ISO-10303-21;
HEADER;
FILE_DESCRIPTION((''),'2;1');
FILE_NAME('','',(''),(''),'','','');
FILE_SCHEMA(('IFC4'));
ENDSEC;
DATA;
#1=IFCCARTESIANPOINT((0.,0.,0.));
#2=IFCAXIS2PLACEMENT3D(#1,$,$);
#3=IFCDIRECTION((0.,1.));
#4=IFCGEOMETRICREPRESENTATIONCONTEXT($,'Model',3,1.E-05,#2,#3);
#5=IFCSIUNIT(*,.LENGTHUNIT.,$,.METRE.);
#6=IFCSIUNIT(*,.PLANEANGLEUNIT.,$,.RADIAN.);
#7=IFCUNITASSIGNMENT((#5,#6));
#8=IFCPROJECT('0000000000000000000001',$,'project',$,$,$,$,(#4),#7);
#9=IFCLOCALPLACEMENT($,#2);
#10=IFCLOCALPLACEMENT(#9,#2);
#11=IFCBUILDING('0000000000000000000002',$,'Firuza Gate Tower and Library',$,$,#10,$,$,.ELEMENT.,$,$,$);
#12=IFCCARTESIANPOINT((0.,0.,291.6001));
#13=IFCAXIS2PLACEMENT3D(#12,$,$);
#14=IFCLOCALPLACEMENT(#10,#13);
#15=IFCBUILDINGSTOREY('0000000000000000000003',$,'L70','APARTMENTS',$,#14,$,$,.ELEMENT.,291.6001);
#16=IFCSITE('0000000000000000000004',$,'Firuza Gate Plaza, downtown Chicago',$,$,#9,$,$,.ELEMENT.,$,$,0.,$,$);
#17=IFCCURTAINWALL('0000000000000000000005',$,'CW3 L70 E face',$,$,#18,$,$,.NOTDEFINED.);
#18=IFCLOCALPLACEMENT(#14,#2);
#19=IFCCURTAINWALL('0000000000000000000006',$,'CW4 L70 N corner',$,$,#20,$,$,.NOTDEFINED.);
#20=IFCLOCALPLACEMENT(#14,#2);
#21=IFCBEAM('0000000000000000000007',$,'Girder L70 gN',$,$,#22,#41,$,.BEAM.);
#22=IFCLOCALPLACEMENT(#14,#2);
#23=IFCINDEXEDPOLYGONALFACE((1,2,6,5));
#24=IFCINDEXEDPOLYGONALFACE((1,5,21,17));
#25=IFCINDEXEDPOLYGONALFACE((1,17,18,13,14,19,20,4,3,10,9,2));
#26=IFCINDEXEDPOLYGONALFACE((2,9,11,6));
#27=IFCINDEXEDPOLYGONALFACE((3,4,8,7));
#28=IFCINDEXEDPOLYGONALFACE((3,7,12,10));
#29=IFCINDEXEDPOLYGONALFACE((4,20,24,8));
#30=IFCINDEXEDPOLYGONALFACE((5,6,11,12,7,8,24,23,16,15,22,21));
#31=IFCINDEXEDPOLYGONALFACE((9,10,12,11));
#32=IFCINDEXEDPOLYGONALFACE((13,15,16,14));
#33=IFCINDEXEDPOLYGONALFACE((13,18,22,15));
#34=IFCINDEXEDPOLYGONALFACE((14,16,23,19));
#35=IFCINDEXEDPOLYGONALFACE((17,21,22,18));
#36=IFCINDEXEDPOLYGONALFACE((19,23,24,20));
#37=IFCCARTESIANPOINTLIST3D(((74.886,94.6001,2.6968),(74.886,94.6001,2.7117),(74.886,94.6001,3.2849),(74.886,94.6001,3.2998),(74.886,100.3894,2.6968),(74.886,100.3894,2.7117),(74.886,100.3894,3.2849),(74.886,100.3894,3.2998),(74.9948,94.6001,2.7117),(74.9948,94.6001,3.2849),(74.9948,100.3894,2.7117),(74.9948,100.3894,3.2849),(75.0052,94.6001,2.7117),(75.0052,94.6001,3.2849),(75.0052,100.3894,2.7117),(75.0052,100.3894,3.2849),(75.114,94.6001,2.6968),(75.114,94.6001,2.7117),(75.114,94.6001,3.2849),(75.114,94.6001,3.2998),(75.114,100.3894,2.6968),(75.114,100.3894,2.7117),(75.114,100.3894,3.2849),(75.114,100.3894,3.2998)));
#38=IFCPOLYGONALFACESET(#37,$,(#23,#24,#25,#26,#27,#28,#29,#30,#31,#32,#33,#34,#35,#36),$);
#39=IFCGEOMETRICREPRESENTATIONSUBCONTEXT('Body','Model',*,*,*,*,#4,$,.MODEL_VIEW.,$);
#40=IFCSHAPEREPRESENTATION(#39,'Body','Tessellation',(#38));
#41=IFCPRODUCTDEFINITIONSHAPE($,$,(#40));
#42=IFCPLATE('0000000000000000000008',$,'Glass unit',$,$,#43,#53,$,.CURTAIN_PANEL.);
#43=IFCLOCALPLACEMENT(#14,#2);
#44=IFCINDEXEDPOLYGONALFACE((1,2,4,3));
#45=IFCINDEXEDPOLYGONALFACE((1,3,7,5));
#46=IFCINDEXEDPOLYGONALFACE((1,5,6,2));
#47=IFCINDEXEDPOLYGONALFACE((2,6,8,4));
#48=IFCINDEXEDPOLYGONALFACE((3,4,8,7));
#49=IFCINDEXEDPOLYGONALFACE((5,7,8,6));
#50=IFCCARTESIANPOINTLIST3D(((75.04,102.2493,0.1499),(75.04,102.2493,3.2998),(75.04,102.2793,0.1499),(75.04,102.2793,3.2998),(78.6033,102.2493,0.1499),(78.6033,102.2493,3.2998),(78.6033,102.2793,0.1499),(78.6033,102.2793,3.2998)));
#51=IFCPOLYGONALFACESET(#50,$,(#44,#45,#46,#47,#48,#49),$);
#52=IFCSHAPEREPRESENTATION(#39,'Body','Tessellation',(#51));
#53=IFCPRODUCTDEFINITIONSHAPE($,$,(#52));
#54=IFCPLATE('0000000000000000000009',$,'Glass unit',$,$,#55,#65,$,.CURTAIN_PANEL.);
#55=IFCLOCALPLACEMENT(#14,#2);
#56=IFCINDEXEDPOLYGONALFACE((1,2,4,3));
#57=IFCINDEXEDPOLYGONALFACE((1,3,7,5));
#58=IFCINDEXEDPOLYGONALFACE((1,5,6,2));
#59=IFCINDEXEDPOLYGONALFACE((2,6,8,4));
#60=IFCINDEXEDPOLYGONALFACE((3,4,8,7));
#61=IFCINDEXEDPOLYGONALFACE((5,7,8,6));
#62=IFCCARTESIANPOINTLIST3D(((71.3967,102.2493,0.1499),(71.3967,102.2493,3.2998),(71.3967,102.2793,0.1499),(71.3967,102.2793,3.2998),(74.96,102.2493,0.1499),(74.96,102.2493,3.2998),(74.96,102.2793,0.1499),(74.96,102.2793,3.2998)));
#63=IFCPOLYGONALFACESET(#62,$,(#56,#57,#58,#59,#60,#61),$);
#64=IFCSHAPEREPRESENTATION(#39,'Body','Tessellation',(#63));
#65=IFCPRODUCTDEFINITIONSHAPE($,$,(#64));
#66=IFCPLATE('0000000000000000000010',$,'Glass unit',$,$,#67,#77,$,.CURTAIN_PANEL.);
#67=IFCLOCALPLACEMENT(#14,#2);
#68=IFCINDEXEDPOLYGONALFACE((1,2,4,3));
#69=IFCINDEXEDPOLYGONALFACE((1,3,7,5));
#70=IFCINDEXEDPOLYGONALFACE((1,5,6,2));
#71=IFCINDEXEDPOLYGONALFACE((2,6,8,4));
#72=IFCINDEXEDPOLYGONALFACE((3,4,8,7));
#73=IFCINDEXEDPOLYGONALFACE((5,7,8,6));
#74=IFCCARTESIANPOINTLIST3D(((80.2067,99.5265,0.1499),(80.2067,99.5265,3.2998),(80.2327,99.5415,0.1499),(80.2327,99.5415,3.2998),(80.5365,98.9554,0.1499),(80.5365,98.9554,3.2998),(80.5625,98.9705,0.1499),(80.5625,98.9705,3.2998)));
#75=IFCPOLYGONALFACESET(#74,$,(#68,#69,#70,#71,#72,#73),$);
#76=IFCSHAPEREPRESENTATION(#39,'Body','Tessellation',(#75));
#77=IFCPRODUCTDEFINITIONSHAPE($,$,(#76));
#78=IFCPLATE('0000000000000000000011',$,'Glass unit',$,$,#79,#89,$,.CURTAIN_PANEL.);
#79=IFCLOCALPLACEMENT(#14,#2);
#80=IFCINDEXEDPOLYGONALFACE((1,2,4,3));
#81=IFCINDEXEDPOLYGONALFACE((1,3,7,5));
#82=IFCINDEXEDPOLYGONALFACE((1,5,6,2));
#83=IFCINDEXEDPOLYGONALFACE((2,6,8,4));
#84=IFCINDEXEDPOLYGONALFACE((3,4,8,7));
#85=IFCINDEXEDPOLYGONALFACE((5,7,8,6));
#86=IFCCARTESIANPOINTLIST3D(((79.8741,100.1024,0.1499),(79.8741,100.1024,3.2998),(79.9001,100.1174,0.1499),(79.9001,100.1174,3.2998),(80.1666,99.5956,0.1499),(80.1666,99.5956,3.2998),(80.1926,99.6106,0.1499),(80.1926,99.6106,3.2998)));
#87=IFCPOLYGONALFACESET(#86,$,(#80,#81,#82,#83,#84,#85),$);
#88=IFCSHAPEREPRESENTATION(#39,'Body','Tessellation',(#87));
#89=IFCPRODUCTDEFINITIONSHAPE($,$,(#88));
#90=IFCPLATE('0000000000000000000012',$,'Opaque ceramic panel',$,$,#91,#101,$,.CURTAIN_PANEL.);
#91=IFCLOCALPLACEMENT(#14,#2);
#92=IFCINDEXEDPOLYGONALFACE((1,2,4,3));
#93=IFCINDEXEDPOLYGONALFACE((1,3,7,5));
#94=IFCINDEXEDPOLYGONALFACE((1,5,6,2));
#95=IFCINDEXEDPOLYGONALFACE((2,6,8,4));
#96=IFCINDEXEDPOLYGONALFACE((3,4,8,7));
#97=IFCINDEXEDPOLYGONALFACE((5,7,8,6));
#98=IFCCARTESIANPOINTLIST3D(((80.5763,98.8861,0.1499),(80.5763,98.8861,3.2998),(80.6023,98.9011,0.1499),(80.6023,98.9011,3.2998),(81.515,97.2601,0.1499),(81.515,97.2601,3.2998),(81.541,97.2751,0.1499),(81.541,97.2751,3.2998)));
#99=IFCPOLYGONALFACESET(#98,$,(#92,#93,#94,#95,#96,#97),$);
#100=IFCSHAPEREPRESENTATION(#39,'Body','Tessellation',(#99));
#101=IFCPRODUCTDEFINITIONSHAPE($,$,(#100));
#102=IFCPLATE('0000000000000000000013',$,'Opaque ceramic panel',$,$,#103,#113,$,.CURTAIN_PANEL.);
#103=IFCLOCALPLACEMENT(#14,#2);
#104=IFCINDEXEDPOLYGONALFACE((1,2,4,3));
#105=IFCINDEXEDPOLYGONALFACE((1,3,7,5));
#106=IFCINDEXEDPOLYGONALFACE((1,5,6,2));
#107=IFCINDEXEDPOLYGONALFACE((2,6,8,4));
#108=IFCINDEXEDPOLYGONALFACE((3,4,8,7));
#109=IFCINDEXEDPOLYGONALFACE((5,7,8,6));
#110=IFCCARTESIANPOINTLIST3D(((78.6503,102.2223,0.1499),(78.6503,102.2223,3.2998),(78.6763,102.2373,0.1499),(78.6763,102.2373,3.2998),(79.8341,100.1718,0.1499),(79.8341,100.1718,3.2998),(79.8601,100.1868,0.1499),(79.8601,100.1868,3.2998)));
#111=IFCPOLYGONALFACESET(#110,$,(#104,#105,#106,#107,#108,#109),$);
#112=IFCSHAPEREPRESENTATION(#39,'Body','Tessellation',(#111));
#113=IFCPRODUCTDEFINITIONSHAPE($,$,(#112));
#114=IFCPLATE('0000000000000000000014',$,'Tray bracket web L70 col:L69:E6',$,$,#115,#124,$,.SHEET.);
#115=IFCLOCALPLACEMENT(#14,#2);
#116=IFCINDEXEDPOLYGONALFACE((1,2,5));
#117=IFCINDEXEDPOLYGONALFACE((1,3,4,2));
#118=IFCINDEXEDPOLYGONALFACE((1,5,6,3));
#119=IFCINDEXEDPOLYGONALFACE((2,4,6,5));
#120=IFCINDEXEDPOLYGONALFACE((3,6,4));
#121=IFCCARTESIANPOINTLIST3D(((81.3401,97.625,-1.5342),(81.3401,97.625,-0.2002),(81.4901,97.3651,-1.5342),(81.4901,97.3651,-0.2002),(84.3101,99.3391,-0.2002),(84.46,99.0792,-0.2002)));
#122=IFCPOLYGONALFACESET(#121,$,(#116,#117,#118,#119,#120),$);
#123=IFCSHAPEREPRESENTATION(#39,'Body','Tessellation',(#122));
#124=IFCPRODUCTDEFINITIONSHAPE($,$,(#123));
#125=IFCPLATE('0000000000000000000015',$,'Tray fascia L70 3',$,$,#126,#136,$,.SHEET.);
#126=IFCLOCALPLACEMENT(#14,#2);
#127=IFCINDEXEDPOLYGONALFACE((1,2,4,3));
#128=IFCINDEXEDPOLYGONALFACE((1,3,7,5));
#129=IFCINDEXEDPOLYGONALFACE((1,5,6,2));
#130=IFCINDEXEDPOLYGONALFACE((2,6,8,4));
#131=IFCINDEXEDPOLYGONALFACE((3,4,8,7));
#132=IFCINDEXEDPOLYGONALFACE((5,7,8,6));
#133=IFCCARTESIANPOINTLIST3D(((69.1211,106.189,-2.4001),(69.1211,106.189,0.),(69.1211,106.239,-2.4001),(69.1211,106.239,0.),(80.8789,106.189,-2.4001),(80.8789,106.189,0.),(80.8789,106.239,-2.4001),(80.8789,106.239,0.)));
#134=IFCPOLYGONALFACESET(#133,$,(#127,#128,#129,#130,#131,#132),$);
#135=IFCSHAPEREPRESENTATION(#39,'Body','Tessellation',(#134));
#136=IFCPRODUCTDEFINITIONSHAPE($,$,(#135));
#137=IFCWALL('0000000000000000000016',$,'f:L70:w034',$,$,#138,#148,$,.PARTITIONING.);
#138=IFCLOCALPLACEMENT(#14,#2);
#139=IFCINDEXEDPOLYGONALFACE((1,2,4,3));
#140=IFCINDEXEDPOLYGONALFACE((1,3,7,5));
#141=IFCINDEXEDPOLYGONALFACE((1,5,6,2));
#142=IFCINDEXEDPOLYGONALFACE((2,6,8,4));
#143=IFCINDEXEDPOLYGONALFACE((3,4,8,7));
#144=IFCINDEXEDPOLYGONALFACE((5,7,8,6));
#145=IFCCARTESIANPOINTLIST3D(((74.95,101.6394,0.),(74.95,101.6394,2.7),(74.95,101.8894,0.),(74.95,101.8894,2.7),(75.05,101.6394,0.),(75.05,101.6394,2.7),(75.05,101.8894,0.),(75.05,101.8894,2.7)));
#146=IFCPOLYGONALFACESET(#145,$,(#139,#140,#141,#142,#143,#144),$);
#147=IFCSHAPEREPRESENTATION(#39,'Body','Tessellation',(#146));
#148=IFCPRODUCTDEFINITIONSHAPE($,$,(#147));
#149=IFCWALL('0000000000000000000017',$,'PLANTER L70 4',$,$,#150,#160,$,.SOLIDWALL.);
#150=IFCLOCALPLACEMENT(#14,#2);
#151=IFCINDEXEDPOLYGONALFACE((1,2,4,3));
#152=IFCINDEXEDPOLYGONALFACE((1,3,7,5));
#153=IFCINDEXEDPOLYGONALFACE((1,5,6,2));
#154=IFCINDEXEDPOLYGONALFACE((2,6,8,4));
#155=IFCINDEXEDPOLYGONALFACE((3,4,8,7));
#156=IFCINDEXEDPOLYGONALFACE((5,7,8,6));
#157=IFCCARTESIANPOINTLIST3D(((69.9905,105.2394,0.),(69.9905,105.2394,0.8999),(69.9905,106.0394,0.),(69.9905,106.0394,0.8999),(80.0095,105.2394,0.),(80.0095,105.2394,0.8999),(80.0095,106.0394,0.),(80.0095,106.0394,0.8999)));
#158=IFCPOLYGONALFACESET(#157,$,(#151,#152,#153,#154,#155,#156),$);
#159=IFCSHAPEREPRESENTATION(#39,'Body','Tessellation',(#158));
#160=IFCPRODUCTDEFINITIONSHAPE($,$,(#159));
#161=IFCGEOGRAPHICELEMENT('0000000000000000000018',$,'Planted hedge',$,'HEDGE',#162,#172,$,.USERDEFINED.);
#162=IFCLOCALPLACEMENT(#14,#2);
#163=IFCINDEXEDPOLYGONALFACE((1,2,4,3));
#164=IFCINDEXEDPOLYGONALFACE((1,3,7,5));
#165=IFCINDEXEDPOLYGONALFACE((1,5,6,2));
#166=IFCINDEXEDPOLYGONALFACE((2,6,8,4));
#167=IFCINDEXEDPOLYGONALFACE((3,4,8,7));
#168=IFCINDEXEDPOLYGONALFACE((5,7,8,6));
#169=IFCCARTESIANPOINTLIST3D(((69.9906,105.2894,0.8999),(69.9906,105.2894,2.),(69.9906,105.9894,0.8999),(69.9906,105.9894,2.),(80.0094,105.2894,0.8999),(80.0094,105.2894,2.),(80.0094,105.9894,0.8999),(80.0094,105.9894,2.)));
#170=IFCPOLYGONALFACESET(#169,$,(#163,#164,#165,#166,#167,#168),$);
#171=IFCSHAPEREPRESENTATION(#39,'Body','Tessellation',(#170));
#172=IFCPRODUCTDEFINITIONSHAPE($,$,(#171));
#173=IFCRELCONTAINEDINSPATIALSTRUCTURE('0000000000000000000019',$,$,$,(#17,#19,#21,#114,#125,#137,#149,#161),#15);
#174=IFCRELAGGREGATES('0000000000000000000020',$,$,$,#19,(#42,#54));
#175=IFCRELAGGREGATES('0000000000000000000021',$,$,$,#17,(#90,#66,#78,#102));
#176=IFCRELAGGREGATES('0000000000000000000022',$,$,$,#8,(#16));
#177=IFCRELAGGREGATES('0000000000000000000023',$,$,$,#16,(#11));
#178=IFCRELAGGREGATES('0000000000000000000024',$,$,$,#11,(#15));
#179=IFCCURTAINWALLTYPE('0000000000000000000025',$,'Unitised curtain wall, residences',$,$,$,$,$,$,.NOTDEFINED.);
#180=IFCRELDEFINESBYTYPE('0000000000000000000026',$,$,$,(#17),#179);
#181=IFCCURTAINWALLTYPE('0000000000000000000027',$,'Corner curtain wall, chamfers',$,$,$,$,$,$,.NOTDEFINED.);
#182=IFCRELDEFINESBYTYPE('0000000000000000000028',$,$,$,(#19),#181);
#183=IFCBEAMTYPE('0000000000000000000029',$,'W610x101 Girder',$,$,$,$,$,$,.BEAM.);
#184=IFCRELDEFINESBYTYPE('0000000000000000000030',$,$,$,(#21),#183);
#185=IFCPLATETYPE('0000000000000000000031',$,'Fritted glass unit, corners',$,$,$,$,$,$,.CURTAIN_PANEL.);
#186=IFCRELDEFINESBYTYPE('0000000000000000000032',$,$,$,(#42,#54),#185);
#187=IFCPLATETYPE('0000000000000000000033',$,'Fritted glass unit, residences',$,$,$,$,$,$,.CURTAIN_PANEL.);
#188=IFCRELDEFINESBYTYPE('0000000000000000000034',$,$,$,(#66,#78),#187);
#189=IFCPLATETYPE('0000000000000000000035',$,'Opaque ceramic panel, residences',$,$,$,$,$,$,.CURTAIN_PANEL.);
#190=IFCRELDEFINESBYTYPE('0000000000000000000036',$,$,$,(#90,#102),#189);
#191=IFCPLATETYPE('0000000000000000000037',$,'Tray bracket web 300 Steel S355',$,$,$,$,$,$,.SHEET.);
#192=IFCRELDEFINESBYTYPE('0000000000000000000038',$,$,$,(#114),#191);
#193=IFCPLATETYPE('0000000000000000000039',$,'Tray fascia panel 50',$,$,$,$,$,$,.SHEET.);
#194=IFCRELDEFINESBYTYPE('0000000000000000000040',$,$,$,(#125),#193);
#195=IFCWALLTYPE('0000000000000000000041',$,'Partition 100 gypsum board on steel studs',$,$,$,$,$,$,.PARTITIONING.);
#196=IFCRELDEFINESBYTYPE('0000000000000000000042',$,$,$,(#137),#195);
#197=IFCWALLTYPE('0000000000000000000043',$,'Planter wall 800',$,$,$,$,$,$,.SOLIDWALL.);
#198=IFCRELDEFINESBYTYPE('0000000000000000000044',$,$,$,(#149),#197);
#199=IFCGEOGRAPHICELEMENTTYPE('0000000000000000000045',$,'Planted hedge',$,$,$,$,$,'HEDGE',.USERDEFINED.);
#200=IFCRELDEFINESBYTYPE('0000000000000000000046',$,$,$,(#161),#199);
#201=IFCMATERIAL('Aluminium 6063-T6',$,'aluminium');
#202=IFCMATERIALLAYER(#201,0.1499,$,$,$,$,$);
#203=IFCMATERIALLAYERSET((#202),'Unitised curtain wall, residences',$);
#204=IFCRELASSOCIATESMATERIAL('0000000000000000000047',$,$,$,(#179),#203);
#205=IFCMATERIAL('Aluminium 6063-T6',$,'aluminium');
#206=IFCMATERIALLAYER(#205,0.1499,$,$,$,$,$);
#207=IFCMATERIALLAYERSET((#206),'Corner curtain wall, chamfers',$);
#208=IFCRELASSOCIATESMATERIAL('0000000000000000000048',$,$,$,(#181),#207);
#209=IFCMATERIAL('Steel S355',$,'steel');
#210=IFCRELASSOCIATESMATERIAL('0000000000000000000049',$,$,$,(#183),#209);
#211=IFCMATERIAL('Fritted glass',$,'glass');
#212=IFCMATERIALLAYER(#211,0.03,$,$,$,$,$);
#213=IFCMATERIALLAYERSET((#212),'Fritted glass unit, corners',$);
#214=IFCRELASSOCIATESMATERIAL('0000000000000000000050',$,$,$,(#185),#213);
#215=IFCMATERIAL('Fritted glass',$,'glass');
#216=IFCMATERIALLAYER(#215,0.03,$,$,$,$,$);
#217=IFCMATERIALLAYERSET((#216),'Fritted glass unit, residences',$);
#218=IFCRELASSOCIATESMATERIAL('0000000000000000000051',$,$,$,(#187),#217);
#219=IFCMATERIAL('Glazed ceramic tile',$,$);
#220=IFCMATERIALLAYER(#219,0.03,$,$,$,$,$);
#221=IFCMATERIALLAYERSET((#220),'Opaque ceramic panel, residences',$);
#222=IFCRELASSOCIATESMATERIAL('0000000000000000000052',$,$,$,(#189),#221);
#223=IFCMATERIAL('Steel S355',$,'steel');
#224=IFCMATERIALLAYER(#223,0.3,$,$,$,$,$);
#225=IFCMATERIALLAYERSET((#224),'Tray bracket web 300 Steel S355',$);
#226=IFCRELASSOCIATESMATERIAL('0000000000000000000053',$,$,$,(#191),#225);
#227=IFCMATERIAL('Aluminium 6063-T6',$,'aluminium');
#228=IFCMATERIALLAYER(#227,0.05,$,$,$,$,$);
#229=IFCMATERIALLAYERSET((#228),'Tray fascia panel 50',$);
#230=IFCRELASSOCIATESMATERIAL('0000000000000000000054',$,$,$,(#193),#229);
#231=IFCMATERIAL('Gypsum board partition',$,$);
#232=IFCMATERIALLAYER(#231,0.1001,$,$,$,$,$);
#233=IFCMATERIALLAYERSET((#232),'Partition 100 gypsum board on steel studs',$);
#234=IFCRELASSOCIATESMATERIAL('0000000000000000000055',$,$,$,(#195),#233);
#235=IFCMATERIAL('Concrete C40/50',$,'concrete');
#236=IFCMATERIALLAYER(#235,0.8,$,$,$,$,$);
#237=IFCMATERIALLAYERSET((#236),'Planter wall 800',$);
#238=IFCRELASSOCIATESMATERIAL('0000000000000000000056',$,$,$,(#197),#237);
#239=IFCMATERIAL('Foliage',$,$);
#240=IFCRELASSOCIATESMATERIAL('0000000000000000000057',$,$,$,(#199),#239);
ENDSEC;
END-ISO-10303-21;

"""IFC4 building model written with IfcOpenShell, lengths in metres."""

from ifc_helpers import new_model, si_unit, direction, frame, frame_2d, origin, origin_2d, place, context, subcontext, project, spatial, polyline, rectangle, i_section, outline, extrude, material, layer, layer_set, material_profile, profile_set, type_object, element, aggregate, save


model = new_model("IFC4")

# Units and contexts
model_context = context("Model", 3, precision=1e-05, world=origin(), true_north=direction((0.0, 1.0)))
body_context = subcontext(model_context, "Body", "Model", "MODEL_VIEW")
ifc_project = project(units=[si_unit("LENGTHUNIT", "METRE"), si_unit("PLANEANGLEUNIT", "RADIAN")], contexts=[model_context])

# Site, building, storey
site_placement = place(None, origin())
site = spatial("IfcSite", under=ifc_project, at=site_placement, Name="Firuza Gate Plaza, downtown Chicago", CompositionType="ELEMENT", RefElevation=0.0)
building_placement = place(site_placement, origin())
building = spatial("IfcBuilding", under=site, at=building_placement, Name="Firuza Gate Tower and Library", CompositionType="ELEMENT")
storey_placement = place(building_placement, frame((0.0, 0.0, 291.6001)))
storey = spatial("IfcBuildingStorey", under=building, at=storey_placement, Name="L70", Description="APARTMENTS", CompositionType="ELEMENT", Elevation=291.6001)

# Curtain walls
ifc_material_1 = material(Name="Aluminium 6063-T6", Category="aluminium")
ifc_layer_1 = layer(ifc_material_1, 0.1499)
ifc_layer_set_1 = layer_set([ifc_layer_1], Name="Unitised curtain wall, residences")
curtain_wall_type_1 = type_object("IfcCurtainWallType", Name="Unitised curtain wall, residences", PredefinedType="NOTDEFINED", material=ifc_layer_set_1)
placement = place(storey_placement, origin())
curtain_wall_1 = element("IfcCurtainWall", 1, at=placement, inside=storey, type_object=curtain_wall_type_1, Name="CW3 L70 E face", PredefinedType="NOTDEFINED")
ifc_material_2 = material(Name="Aluminium 6063-T6", Category="aluminium")
ifc_layer_2 = layer(ifc_material_2, 0.1499)
ifc_layer_set_2 = layer_set([ifc_layer_2], Name="Corner curtain wall, chamfers")
curtain_wall_type_2 = type_object("IfcCurtainWallType", Name="Corner curtain wall, chamfers", PredefinedType="NOTDEFINED", material=ifc_layer_set_2)
curtain_wall_2 = element("IfcCurtainWall", 2, at=placement, inside=storey, type_object=curtain_wall_type_2, Name="CW4 L70 N corner", PredefinedType="NOTDEFINED")

# Beam
ifc_material_3 = material(Name="Steel S355", Category="steel")
ifc_material_profile_1 = material_profile(ifc_material_3, i_section(OverallWidth=0.228, OverallDepth=0.603, WebThickness=0.0105, FlangeThickness=0.0149, at=origin_2d()))
ifc_profile_set_1 = profile_set([ifc_material_profile_1], Name="Steel S355")
beam_type_1 = type_object("IfcBeamType", Name="W610x101 Girder", PredefinedType="BEAM", material=ifc_profile_set_1)
beam_1_placement = place(storey_placement, frame((75.0, 100.3894, 2.9983), z_axis=(0.0, -1.0, 0.0), x_axis=(1.0, 0.0, 0.0)))
element("IfcBeam", 3, at=beam_1_placement, inside=storey, type_object=beam_type_1, Name="Girder L70 gN", PredefinedType="BEAM", context=body_context, shape_type="SweptSolid", body=[
    extrude(i_section(OverallWidth=0.228, OverallDepth=0.603, WebThickness=0.0105, FlangeThickness=0.0149, at=origin_2d()), origin(), (0.0, 0.0, 1.0), 5.7893),
])

# Plates
ifc_material_4 = material(Name="Fritted glass", Category="glass")
ifc_layer_3 = layer(ifc_material_4, 0.03)
ifc_layer_set_3 = layer_set([ifc_layer_3], Name="Fritted glass unit, corners")
plate_type_1 = type_object("IfcPlateType", Name="Fritted glass unit, corners", PredefinedType="CURTAIN_PANEL", material=ifc_layer_set_3)
plate_1_placement = place(storey_placement, frame((78.6033, 102.2793, 0.1499), z_axis=(0.0, 1.0, 0.0), x_axis=(-1.0, 0.0, 0.0)))
plate_1 = element("IfcPlate", 4, at=plate_1_placement, type_object=plate_type_1, Name="Glass unit", PredefinedType="CURTAIN_PANEL", context=body_context, shape_type="SweptSolid", body=[
    extrude(outline(polyline([(0.0, 0.0), (3.5632, 0.0), (3.5632, 3.1499), (0.0, 3.1499), (0.0, 0.0)])), origin(), (0.0, 0.0, -1.0), 0.03),
])
plate_2_placement = place(storey_placement, frame((74.96, 102.2793, 0.1499), z_axis=(0.0, 1.0, 0.0), x_axis=(-1.0, 0.0, 0.0)))
plate_2 = element("IfcPlate", 5, at=plate_2_placement, type_object=plate_type_1, Name="Glass unit", PredefinedType="CURTAIN_PANEL", context=body_context, shape_type="SweptSolid", body=[
    extrude(outline(polyline([(0.0, 0.0), (3.5632, 0.0), (3.5632, 3.1499), (0.0, 3.1499), (0.0, 0.0)])), origin(), (0.0, 0.0, -1.0), 0.03),
])
aggregate(curtain_wall_2, [plate_1, plate_2])
ifc_material_5 = material(Name="Fritted glass", Category="glass")
ifc_layer_4 = layer(ifc_material_5, 0.03)
ifc_layer_set_4 = layer_set([ifc_layer_4], Name="Fritted glass unit, residences")
plate_type_2 = type_object("IfcPlateType", Name="Fritted glass unit, residences", PredefinedType="CURTAIN_PANEL", material=ifc_layer_set_4)
plate_3_placement = place(storey_placement, frame((80.5625, 98.9705, 0.1499), z_axis=(0.865933, 0.50016, 0.0), x_axis=(-0.50016, 0.865933, 0.0)))
plate_3 = element("IfcPlate", 6, at=plate_3_placement, type_object=plate_type_2, Name="Glass unit", PredefinedType="CURTAIN_PANEL", context=body_context, shape_type="SweptSolid", body=[
    extrude(outline(polyline([(0.0, 0.0), (0.6595, 0.0), (0.6595, 3.1499), (0.0, 3.1499), (0.0, 0.0)])), origin(), (0.0, 0.0, -1.0), 0.03),
])
plate_4_placement = place(storey_placement, frame((80.1926, 99.6106, 0.1499), z_axis=(0.86613, 0.499819, 0.0), x_axis=(-0.499819, 0.86613, 0.0)))
plate_4 = element("IfcPlate", 7, at=plate_4_placement, type_object=plate_type_2, Name="Glass unit", PredefinedType="CURTAIN_PANEL", context=body_context, shape_type="SweptSolid", body=[
    extrude(outline(polyline([(0.0, 0.0), (0.5852, 0.0), (0.5852, 3.1499), (0.0, 3.1499), (0.0, 0.0)])), origin(), (0.0, 0.0, -1.0), 0.03),
])
ifc_material_6 = material(Name="Glazed ceramic tile")
ifc_layer_5 = layer(ifc_material_6, 0.03)
ifc_layer_set_5 = layer_set([ifc_layer_5], Name="Opaque ceramic panel, residences")
plate_type_3 = type_object("IfcPlateType", Name="Opaque ceramic panel, residences", PredefinedType="CURTAIN_PANEL", material=ifc_layer_set_5)
plate_5_placement = place(storey_placement, frame((81.541, 97.2751, 0.1499), z_axis=(0.866034, 0.499985, 0.0), x_axis=(-0.499985, 0.866034, 0.0)))
plate_5 = element("IfcPlate", 8, at=plate_5_placement, type_object=plate_type_3, Name="Opaque ceramic panel", PredefinedType="CURTAIN_PANEL", context=body_context, shape_type="SweptSolid", body=[
    extrude(outline(polyline([(0.0, 0.0), (1.8775, 0.0), (1.8775, 3.1499), (0.0, 3.1499), (0.0, 0.0)])), origin(), (0.0, 0.0, -1.0), 0.03),
])
plate_6_placement = place(storey_placement, frame((79.8601, 100.1868, 0.1499), z_axis=(0.866033, 0.499987, 0.0), x_axis=(-0.499987, 0.866033, 0.0)))
plate_6 = element("IfcPlate", 9, at=plate_6_placement, type_object=plate_type_3, Name="Opaque ceramic panel", PredefinedType="CURTAIN_PANEL", context=body_context, shape_type="SweptSolid", body=[
    extrude(outline(polyline([(0.0, 0.0), (2.3677, 0.0), (2.3677, 3.1499), (0.0, 3.1499), (0.0, 0.0)])), origin(), (0.0, 0.0, -1.0), 0.03),
])
aggregate(curtain_wall_1, [plate_5, plate_3, plate_4, plate_6])

# Plates
ifc_material_7 = material(Name="Steel S355", Category="steel")
ifc_layer_6 = layer(ifc_material_7, 0.3)
ifc_layer_set_6 = layer_set([ifc_layer_6], Name="Tray bracket web 300 Steel S355")
plate_type_4 = type_object("IfcPlateType", Name="Tray bracket web 300 Steel S355", PredefinedType="SHEET", material=ifc_layer_set_6)
plate_7_placement = place(storey_placement, frame((81.3401, 97.625, -0.2002), z_axis=(-0.499868, 0.866101, 0.0), x_axis=(0.866101, 0.499868, 0.0)))
element("IfcPlate", 10, at=plate_7_placement, inside=storey, type_object=plate_type_4, Name="Tray bracket web L70 col:L69:E6", PredefinedType="SHEET", context=body_context, shape_type="SweptSolid", body=[
    extrude(outline(polyline([(0.0, 0.0), (3.4291, 0.0), (0.0, 1.334), (0.0, 0.0)])), origin(), (0.0, 0.0, -1.0), 0.3),
])
ifc_material_8 = material(Name="Aluminium 6063-T6", Category="aluminium")
ifc_layer_7 = layer(ifc_material_8, 0.05)
ifc_layer_set_7 = layer_set([ifc_layer_7], Name="Tray fascia panel 50")
plate_type_5 = type_object("IfcPlateType", Name="Tray fascia panel 50", PredefinedType="SHEET", material=ifc_layer_set_7)
plate_8_placement = place(storey_placement, frame((80.8789, 106.239, -2.4001), z_axis=(0.0, 1.0, 0.0), x_axis=(-1.0, 0.0, 0.0)))
element("IfcPlate", 11, at=plate_8_placement, inside=storey, type_object=plate_type_5, Name="Tray fascia L70 3", PredefinedType="SHEET", context=body_context, shape_type="SweptSolid", body=[
    extrude(outline(polyline([(0.0, 0.0), (11.7578, 0.0), (11.7578, 2.4001), (0.0, 2.4001), (0.0, 0.0)])), origin(), (0.0, 0.0, -1.0), 0.05),
])

# Walls
ifc_material_9 = material(Name="Gypsum board partition")
ifc_layer_8 = layer(ifc_material_9, 0.1001)
ifc_layer_set_8 = layer_set([ifc_layer_8], Name="Partition 100 gypsum board on steel studs")
wall_type_1 = type_object("IfcWallType", Name="Partition 100 gypsum board on steel studs", PredefinedType="PARTITIONING", material=ifc_layer_set_8)
wall_1_placement = place(storey_placement, frame((75.0, 101.6394, 0.0), z_axis=(0.0, 0.0, 1.0), x_axis=(0.0, 1.0, 0.0)))
element("IfcWall", 12, at=wall_1_placement, inside=storey, type_object=wall_type_1, Name="f:L70:w034", PredefinedType="PARTITIONING", context=body_context, shape_type="SweptSolid", body=[
    extrude(rectangle(XDim=0.25, YDim=0.1001, at=frame_2d((0.125, 0.0))), origin(), (0.0, 0.0, 1.0), 2.7),
])
ifc_material_10 = material(Name="Concrete C40/50", Category="concrete")
ifc_layer_9 = layer(ifc_material_10, 0.8)
ifc_layer_set_9 = layer_set([ifc_layer_9], Name="Planter wall 800")
wall_type_2 = type_object("IfcWallType", Name="Planter wall 800", PredefinedType="SOLIDWALL", material=ifc_layer_set_9)
wall_2_placement = place(storey_placement, frame((80.0095, 105.6394, 0.0), z_axis=(0.0, 0.0, 1.0), x_axis=(-1.0, 0.0, 0.0)))
element("IfcWall", 13, at=wall_2_placement, inside=storey, type_object=wall_type_2, Name="PLANTER L70 4", PredefinedType="SOLIDWALL", context=body_context, shape_type="SweptSolid", body=[
    extrude(rectangle(XDim=10.019, YDim=0.8, at=frame_2d((5.0095, 0.0))), origin(), (0.0, 0.0, 1.0), 0.8999),
])

# Geographic element
ifc_material_11 = material(Name="Foliage")
geographic_element_type = type_object("IfcGeographicElementType", Name="Planted hedge", ElementType="HEDGE", PredefinedType="USERDEFINED", material=ifc_material_11)
geographic_element_placement = place(storey_placement, frame((75.0, 105.6394, 0.8999), z_axis=(0.0, 0.0, 1.0), x_axis=(-1.0, 0.0, 0.0)))
element("IfcGeographicElement", 14, at=geographic_element_placement, inside=storey, type_object=geographic_element_type, Name="Planted hedge", ObjectType="HEDGE", PredefinedType="USERDEFINED", context=body_context, shape_type="SweptSolid", body=[
    extrude(rectangle(XDim=10.0188, YDim=0.7, at=origin_2d()), origin(), (0.0, 0.0, 1.0), 1.1001),
])

save(model, "model.ifc")
